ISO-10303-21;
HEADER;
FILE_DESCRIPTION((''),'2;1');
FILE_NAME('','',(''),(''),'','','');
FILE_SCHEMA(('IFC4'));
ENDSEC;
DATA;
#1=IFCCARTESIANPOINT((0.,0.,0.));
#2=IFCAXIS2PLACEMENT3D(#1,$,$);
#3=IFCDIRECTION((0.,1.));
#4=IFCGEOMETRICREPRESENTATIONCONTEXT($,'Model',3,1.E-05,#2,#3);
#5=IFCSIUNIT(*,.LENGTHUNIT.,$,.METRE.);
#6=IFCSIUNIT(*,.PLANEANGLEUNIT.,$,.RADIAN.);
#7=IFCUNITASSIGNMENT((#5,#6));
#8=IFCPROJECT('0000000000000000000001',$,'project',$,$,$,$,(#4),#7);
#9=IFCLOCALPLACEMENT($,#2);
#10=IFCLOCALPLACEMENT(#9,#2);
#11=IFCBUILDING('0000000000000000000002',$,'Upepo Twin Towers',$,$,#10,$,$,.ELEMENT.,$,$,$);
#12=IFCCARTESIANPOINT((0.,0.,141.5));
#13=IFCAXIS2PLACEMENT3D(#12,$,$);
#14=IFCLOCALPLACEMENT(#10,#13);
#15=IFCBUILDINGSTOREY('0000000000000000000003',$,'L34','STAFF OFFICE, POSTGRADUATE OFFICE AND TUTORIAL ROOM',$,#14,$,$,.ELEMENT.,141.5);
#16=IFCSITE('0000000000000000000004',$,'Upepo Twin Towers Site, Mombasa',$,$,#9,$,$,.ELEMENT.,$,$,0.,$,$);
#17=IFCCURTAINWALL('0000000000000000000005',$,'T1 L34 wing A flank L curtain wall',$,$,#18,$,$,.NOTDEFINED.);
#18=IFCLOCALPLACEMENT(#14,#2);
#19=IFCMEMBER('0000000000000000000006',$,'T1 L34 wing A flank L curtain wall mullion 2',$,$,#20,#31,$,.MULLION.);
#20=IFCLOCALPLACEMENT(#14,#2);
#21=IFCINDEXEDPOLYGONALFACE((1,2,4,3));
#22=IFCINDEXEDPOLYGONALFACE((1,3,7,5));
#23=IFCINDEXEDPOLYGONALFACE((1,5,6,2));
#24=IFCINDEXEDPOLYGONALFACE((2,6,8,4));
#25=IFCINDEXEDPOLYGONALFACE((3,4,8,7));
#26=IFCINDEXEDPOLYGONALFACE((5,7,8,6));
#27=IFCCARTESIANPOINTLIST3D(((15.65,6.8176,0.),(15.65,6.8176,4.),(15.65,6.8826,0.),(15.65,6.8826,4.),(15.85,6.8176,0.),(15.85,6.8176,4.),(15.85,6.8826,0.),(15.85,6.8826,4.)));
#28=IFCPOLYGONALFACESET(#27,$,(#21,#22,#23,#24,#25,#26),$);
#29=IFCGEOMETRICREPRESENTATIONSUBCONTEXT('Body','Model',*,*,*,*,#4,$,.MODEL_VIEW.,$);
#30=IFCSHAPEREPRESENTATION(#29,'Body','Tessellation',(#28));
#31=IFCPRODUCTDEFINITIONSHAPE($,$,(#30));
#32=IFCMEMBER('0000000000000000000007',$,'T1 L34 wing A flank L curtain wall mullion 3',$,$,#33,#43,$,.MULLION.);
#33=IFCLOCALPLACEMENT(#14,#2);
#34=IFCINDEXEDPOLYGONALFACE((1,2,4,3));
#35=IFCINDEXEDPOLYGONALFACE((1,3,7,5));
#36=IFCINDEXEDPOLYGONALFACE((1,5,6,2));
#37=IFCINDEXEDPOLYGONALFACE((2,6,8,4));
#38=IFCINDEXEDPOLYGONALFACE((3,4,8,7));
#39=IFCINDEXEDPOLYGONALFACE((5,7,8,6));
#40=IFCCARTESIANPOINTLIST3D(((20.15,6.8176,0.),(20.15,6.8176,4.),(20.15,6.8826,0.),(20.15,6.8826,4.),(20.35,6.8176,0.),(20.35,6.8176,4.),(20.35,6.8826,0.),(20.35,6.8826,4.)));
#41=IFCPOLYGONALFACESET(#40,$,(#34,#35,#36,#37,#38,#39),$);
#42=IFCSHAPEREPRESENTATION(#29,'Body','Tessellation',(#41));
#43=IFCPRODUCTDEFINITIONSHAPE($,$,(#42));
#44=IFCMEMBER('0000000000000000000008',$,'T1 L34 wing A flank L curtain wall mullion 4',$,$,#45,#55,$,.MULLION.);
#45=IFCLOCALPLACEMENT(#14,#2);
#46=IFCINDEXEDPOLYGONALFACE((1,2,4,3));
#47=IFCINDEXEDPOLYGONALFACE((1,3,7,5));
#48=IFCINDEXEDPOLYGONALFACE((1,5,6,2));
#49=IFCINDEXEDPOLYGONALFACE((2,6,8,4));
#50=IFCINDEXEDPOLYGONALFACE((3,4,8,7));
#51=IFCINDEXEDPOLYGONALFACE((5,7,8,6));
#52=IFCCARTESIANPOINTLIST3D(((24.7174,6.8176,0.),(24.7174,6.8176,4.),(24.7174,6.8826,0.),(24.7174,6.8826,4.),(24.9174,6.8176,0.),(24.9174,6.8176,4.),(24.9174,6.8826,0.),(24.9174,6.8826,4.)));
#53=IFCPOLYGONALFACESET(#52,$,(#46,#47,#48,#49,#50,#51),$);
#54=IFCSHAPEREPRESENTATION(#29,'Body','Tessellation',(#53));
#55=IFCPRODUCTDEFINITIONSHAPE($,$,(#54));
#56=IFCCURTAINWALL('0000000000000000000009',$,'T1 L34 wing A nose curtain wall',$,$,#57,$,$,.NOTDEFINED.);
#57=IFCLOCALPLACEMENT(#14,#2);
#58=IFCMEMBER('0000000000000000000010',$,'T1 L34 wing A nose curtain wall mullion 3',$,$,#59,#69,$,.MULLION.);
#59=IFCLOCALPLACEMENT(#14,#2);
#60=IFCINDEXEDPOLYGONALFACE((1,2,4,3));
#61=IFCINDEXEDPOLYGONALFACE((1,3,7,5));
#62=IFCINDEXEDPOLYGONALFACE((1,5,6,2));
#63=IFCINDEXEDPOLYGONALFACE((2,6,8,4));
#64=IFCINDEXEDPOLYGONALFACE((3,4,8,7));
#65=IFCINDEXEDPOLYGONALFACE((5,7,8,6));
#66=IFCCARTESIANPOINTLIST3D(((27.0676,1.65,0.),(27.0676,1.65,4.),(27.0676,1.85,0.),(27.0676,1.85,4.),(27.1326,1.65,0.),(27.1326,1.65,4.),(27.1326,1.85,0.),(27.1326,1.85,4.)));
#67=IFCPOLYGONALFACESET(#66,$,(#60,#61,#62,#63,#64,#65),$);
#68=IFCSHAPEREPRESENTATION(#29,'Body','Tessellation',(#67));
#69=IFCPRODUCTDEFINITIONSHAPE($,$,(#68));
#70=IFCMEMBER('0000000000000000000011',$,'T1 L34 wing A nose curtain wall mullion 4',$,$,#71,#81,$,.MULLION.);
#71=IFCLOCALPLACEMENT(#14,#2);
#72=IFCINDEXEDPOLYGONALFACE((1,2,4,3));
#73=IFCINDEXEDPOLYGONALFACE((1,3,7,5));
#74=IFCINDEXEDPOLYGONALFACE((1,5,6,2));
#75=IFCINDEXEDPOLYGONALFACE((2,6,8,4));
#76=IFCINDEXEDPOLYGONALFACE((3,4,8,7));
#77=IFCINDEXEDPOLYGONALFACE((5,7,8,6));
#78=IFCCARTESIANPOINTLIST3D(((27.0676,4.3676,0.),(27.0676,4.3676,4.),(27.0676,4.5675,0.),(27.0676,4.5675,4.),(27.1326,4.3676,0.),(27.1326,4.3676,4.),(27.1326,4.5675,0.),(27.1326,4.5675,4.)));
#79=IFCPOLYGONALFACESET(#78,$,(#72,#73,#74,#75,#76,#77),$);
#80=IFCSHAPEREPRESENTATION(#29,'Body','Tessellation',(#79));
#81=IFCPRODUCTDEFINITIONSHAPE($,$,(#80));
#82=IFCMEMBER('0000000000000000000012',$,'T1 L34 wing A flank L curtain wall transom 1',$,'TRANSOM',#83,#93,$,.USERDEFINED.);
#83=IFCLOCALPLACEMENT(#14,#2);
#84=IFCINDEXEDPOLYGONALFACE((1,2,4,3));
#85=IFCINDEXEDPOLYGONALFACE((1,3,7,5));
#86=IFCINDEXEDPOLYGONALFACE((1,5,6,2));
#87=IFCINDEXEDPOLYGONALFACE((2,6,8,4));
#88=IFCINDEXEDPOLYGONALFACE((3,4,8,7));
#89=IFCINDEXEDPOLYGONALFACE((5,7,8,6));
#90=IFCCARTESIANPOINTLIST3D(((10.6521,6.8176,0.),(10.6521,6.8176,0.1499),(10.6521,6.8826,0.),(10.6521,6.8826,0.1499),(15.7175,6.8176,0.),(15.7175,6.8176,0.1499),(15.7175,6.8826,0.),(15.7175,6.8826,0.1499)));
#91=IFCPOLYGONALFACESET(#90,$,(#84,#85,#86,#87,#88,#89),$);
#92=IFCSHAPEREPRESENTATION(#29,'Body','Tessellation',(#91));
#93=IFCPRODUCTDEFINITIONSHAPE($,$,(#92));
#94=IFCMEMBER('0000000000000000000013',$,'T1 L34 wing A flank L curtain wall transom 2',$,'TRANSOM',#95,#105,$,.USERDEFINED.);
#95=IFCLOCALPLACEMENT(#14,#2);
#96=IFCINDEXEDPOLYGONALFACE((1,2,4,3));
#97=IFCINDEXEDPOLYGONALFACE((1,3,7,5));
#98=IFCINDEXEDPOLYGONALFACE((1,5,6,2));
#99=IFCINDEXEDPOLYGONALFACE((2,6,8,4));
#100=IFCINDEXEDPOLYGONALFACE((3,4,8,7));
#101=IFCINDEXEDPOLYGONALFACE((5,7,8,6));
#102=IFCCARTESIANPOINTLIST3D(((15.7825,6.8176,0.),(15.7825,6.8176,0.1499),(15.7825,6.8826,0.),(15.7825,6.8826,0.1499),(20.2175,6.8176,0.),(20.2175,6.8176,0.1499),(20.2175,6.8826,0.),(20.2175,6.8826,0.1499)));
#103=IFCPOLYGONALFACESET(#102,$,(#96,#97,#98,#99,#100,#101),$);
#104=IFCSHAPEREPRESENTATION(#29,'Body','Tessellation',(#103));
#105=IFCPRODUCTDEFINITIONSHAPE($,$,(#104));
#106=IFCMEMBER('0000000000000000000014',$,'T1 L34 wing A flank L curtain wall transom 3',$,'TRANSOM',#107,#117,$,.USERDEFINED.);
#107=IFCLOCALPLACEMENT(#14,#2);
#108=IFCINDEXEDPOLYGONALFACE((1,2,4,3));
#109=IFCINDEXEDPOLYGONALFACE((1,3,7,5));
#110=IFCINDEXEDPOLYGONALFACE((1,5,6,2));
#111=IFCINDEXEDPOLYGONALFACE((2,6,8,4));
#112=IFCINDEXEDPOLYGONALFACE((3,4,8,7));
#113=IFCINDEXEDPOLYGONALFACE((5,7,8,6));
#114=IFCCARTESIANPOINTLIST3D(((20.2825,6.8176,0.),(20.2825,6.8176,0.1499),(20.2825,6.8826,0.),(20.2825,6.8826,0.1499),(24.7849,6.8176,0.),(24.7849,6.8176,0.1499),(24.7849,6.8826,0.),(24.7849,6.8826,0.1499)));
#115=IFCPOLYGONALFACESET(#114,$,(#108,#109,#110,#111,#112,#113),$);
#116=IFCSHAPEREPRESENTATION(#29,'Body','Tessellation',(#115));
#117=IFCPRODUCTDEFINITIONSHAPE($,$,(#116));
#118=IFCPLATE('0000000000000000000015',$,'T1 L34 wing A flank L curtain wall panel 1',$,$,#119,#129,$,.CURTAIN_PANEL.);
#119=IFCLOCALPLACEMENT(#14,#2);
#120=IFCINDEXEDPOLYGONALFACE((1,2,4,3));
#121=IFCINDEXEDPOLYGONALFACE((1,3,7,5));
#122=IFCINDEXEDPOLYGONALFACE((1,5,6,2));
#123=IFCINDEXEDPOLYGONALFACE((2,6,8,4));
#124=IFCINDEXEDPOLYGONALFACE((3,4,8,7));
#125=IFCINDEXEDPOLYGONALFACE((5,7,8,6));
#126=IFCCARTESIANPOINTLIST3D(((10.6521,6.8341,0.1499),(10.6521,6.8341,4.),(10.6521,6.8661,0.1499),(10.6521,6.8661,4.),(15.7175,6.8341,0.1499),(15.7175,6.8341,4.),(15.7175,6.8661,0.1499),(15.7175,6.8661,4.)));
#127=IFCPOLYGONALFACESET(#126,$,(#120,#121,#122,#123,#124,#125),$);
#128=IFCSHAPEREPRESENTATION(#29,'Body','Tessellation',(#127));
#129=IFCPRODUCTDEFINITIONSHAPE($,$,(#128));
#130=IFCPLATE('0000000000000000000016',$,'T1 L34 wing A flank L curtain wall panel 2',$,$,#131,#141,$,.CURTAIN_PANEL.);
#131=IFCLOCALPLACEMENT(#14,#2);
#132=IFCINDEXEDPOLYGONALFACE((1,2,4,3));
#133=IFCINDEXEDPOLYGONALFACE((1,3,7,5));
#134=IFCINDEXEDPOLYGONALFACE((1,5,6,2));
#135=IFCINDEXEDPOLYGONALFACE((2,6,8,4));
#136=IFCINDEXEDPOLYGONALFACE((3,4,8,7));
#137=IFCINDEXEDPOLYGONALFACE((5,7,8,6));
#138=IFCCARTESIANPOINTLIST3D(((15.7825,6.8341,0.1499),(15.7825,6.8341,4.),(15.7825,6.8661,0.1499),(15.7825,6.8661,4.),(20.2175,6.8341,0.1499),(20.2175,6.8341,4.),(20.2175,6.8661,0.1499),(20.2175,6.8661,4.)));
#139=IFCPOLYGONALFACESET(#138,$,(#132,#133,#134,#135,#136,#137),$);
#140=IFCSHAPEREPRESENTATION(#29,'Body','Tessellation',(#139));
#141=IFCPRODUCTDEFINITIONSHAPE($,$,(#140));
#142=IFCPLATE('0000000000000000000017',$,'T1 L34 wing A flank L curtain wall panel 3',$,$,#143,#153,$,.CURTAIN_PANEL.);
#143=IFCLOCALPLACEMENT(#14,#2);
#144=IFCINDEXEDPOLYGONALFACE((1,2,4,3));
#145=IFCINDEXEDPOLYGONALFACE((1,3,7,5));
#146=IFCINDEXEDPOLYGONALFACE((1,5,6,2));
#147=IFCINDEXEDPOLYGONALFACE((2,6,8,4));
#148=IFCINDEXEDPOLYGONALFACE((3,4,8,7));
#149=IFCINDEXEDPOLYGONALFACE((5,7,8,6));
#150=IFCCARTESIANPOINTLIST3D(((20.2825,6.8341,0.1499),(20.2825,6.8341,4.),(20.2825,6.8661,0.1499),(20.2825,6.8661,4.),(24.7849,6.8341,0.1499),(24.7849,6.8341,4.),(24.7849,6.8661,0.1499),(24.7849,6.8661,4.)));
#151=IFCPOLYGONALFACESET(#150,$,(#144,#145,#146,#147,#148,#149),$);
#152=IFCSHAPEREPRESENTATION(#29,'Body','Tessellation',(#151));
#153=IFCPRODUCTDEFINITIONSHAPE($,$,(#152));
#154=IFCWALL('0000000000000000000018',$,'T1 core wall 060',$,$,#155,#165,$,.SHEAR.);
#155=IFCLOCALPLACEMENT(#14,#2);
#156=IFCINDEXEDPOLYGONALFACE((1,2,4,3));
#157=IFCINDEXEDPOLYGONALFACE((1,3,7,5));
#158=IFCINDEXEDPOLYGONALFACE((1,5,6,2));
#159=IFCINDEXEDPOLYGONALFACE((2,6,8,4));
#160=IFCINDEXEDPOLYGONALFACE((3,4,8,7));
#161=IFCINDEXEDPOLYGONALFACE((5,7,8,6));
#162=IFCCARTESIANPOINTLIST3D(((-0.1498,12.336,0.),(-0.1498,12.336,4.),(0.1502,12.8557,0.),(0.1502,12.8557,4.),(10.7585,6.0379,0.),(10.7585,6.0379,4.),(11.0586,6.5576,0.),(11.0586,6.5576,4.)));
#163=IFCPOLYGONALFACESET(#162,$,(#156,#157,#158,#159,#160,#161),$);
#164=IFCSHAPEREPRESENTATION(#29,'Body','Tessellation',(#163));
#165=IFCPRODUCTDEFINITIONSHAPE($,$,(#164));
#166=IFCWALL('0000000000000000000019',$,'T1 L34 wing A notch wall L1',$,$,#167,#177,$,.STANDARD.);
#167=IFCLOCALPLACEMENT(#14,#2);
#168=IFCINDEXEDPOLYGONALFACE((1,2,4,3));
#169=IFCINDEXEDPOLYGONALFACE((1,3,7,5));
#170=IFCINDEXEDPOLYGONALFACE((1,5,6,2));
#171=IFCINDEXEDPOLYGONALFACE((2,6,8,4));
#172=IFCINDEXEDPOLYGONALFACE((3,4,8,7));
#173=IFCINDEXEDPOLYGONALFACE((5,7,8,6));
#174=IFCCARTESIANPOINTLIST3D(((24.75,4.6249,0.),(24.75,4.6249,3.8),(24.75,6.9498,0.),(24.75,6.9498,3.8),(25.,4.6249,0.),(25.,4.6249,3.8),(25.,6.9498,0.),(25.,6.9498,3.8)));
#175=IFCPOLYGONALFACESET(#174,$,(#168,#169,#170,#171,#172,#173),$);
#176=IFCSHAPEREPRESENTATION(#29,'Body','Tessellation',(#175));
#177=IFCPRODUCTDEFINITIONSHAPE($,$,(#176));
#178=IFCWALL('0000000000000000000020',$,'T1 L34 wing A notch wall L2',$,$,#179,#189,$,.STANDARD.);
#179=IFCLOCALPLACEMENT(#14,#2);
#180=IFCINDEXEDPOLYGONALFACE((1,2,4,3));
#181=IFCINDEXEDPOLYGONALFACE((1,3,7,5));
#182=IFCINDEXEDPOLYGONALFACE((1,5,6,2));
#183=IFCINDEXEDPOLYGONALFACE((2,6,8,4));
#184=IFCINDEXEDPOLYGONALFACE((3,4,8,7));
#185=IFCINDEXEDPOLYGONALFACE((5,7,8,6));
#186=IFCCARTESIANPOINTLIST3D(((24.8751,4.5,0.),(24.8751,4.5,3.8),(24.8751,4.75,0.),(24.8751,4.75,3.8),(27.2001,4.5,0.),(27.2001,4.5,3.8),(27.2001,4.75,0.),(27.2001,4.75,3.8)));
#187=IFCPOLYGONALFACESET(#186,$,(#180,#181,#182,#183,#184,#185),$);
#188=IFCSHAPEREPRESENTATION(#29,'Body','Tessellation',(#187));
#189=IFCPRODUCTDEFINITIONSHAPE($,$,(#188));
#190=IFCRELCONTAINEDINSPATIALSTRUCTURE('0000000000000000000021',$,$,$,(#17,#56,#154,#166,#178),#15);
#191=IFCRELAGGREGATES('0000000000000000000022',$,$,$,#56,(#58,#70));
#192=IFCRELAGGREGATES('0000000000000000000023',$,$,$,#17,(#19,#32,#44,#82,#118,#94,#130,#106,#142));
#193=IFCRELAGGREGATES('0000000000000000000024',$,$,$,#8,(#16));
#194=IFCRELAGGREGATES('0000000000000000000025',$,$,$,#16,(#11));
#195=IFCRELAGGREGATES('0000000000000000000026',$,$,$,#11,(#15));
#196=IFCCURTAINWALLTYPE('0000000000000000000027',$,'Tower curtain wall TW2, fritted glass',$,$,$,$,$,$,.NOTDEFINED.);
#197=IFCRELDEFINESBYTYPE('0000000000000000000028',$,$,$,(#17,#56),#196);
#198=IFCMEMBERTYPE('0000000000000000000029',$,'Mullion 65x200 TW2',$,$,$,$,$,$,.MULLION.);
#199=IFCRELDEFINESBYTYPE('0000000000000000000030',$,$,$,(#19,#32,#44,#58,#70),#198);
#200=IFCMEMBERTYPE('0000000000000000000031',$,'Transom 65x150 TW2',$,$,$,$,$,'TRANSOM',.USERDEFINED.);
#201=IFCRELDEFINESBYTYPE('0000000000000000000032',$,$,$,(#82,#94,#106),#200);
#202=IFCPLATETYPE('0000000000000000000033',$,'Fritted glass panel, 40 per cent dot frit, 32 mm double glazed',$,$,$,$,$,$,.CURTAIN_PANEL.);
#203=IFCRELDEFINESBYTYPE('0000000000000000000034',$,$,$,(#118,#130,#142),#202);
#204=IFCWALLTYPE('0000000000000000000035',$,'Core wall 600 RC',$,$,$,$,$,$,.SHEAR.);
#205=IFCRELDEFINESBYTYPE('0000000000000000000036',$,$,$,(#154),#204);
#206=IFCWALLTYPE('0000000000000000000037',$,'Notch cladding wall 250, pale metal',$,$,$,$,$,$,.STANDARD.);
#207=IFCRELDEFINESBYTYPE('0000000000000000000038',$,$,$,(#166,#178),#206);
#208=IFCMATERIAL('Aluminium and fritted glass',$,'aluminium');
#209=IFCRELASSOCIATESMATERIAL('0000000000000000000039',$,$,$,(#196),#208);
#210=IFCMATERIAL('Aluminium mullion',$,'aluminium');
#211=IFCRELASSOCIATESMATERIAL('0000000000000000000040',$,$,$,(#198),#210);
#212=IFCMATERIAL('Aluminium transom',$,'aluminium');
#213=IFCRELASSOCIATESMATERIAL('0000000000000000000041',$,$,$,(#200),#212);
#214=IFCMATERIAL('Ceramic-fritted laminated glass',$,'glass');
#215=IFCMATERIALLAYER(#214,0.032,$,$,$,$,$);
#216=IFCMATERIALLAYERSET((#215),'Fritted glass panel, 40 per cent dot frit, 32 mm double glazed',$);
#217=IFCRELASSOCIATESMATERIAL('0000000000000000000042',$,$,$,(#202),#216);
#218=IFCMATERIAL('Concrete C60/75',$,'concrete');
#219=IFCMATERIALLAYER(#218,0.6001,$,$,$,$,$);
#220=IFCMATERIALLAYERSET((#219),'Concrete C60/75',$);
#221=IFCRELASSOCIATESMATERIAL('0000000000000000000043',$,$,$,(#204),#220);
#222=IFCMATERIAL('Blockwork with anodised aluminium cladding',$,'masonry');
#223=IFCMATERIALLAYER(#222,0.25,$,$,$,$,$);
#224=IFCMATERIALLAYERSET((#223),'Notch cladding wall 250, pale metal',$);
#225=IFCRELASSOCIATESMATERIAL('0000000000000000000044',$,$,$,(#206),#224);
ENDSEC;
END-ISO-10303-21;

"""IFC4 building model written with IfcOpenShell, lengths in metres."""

from ifc_helpers import new_model, si_unit, direction, frame, frame_2d, origin, origin_2d, place, context, subcontext, project, spatial, rectangle, extrude, material, layer, layer_set, material_profile, profile_set, type_object, element, aggregate, save


model = new_model("IFC4")

# Units and contexts
model_context = context("Model", 3, precision=1e-05, world=origin(), true_north=direction((0.0, 1.0)))
body_context = subcontext(model_context, "Body", "Model", "MODEL_VIEW")
ifc_project = project(units=[si_unit("LENGTHUNIT", "METRE"), si_unit("PLANEANGLEUNIT", "RADIAN")], contexts=[model_context])

# Site, building, storey
site_placement = place(None, origin())
site = spatial("IfcSite", under=ifc_project, at=site_placement, Name="Upepo Twin Towers Site, Mombasa", CompositionType="ELEMENT", RefElevation=0.0)
building_placement = place(site_placement, origin())
building = spatial("IfcBuilding", under=site, at=building_placement, Name="Upepo Twin Towers", CompositionType="ELEMENT")
storey_placement = place(building_placement, frame((0.0, 0.0, 141.5)))
storey = spatial("IfcBuildingStorey", under=building, at=storey_placement, Name="L34", Description="STAFF OFFICE, POSTGRADUATE OFFICE AND TUTORIAL ROOM", CompositionType="ELEMENT", Elevation=141.5)

# Curtain walls, members
ifc_material_1 = material(Name="Aluminium and fritted glass", Category="aluminium")
curtain_wall_type = type_object("IfcCurtainWallType", Name="Tower curtain wall TW2, fritted glass", PredefinedType="NOTDEFINED", material=ifc_material_1)
curtain_wall_1_placement = place(storey_placement, origin())
curtain_wall_1 = element("IfcCurtainWall", 1, at=curtain_wall_1_placement, inside=storey, type_object=curtain_wall_type, Name="T1 L34 wing A flank L curtain wall", PredefinedType="NOTDEFINED")
ifc_material_2 = material(Name="Aluminium mullion", Category="aluminium")
ifc_material_profile_1 = material_profile(ifc_material_2, rectangle(XDim=0.0649, YDim=0.2, at=origin_2d()), Name="MULLION 65x200")
ifc_profile_set_1 = profile_set([ifc_material_profile_1], Name="Aluminium mullion")
member_type_1 = type_object("IfcMemberType", Name="Mullion 65x200 TW2", PredefinedType="MULLION", material=ifc_profile_set_1)
member_1_placement = place(storey_placement, frame((15.75, 6.8501, 0.0), z_axis=(0.0, 0.0, 1.0), x_axis=(0.0, 1.0, 0.0)))
member_1 = element("IfcMember", 2, at=member_1_placement, type_object=member_type_1, Name="T1 L34 wing A flank L curtain wall mullion 2", PredefinedType="MULLION", context=body_context, shape_type="SweptSolid", body=[
    extrude(rectangle(XDim=0.0649, YDim=0.2, at=origin_2d()), origin(), (0.0, 0.0, 1.0), 4.0),
])
member_2_placement = place(storey_placement, frame((20.25, 6.8501, 0.0), z_axis=(0.0, 0.0, 1.0), x_axis=(0.0, 1.0, 0.0)))
member_2 = element("IfcMember", 3, at=member_2_placement, type_object=member_type_1, Name="T1 L34 wing A flank L curtain wall mullion 3", PredefinedType="MULLION", context=body_context, shape_type="SweptSolid", body=[
    extrude(rectangle(XDim=0.0649, YDim=0.2, at=origin_2d()), origin(), (0.0, 0.0, 1.0), 4.0),
])
member_3_placement = place(storey_placement, frame((24.8174, 6.8501, 0.0), z_axis=(0.0, 0.0, 1.0), x_axis=(0.0, 1.0, 0.0)))
member_3 = element("IfcMember", 4, at=member_3_placement, type_object=member_type_1, Name="T1 L34 wing A flank L curtain wall mullion 4", PredefinedType="MULLION", context=body_context, shape_type="SweptSolid", body=[
    extrude(rectangle(XDim=0.0649, YDim=0.2, at=origin_2d()), origin(), (0.0, 0.0, 1.0), 4.0),
])
curtain_wall_2_placement = place(storey_placement, origin())
curtain_wall_2 = element("IfcCurtainWall", 5, at=curtain_wall_2_placement, inside=storey, type_object=curtain_wall_type, Name="T1 L34 wing A nose curtain wall", PredefinedType="NOTDEFINED")
member_4_placement = place(storey_placement, frame((27.1001, 1.75, 0.0), z_axis=(0.0, 0.0, 1.0), x_axis=(-1.0, 0.0, 0.0)))
member_4 = element("IfcMember", 6, at=member_4_placement, type_object=member_type_1, Name="T1 L34 wing A nose curtain wall mullion 3", PredefinedType="MULLION", context=body_context, shape_type="SweptSolid", body=[
    extrude(rectangle(XDim=0.0649, YDim=0.2, at=origin_2d()), origin(), (0.0, 0.0, 1.0), 4.0),
])
member_5_placement = place(storey_placement, frame((27.1001, 4.4675, 0.0), z_axis=(0.0, 0.0, 1.0), x_axis=(-1.0, 0.0, 0.0)))
member_5 = element("IfcMember", 7, at=member_5_placement, type_object=member_type_1, Name="T1 L34 wing A nose curtain wall mullion 4", PredefinedType="MULLION", context=body_context, shape_type="SweptSolid", body=[
    extrude(rectangle(XDim=0.0649, YDim=0.2, at=origin_2d()), origin(), (0.0, 0.0, 1.0), 4.0),
])
aggregate(curtain_wall_2, [member_4, member_5])

# Members
ifc_material_3 = material(Name="Aluminium transom", Category="aluminium")
ifc_material_profile_2 = material_profile(ifc_material_3, rectangle(XDim=0.0649, YDim=0.1499, at=origin_2d()), Name="TRANSOM 65x150")
ifc_profile_set_2 = profile_set([ifc_material_profile_2], Name="Aluminium transom")
member_type_2 = type_object("IfcMemberType", Name="Transom 65x150 TW2", ElementType="TRANSOM", PredefinedType="USERDEFINED", material=ifc_profile_set_2)
member_6_placement = place(storey_placement, frame((10.6521, 6.8501, 0.075), z_axis=(1.0, 0.0, 0.0), x_axis=(0.0, 1.0, 0.0)))
member_6 = element("IfcMember", 8, at=member_6_placement, type_object=member_type_2, Name="T1 L34 wing A flank L curtain wall transom 1", ObjectType="TRANSOM", PredefinedType="USERDEFINED", context=body_context, shape_type="SweptSolid", body=[
    extrude(rectangle(XDim=0.0649, YDim=0.1499, at=origin_2d()), origin(), (0.0, 0.0, 1.0), 5.0654),
])
member_7_placement = place(storey_placement, frame((15.7825, 6.8501, 0.075), z_axis=(1.0, 0.0, 0.0), x_axis=(0.0, 1.0, 0.0)))
member_7 = element("IfcMember", 9, at=member_7_placement, type_object=member_type_2, Name="T1 L34 wing A flank L curtain wall transom 2", ObjectType="TRANSOM", PredefinedType="USERDEFINED", context=body_context, shape_type="SweptSolid", body=[
    extrude(rectangle(XDim=0.0649, YDim=0.1499, at=origin_2d()), origin(), (0.0, 0.0, 1.0), 4.4351),
])
member_8_placement = place(storey_placement, frame((20.2825, 6.8501, 0.075), z_axis=(1.0, 0.0, 0.0), x_axis=(0.0, 1.0, 0.0)))
member_8 = element("IfcMember", 10, at=member_8_placement, type_object=member_type_2, Name="T1 L34 wing A flank L curtain wall transom 3", ObjectType="TRANSOM", PredefinedType="USERDEFINED", context=body_context, shape_type="SweptSolid", body=[
    extrude(rectangle(XDim=0.0649, YDim=0.1499, at=origin_2d()), origin(), (0.0, 0.0, 1.0), 4.5024),
])

# Plates
ifc_material_4 = material(Name="Ceramic-fritted laminated glass", Category="glass")
ifc_layer_1 = layer(ifc_material_4, 0.032)
ifc_layer_set_1 = layer_set([ifc_layer_1], Name="Fritted glass panel, 40 per cent dot frit, 32 mm double glazed")
plate_type = type_object("IfcPlateType", Name="Fritted glass panel, 40 per cent dot frit, 32 mm double glazed", PredefinedType="CURTAIN_PANEL", material=ifc_layer_set_1)
plate_1_placement = place(storey_placement, frame((13.1848, 6.8501, 0.1499), z_axis=(0.0, 0.0, 1.0), x_axis=(1.0, 0.0, 0.0)))
plate_1 = element("IfcPlate", 11, at=plate_1_placement, type_object=plate_type, Name="T1 L34 wing A flank L curtain wall panel 1", PredefinedType="CURTAIN_PANEL", context=body_context, shape_type="SweptSolid", body=[
    extrude(rectangle(XDim=5.0654, YDim=0.032, at=origin_2d()), origin(), (0.0, 0.0, 1.0), 3.8501),
])
plate_2_placement = place(storey_placement, frame((18.0, 6.8501, 0.1499), z_axis=(0.0, 0.0, 1.0), x_axis=(1.0, 0.0, 0.0)))
plate_2 = element("IfcPlate", 12, at=plate_2_placement, type_object=plate_type, Name="T1 L34 wing A flank L curtain wall panel 2", PredefinedType="CURTAIN_PANEL", context=body_context, shape_type="SweptSolid", body=[
    extrude(rectangle(XDim=4.4351, YDim=0.032, at=origin_2d()), origin(), (0.0, 0.0, 1.0), 3.8501),
])
plate_3_placement = place(storey_placement, frame((22.5337, 6.8501, 0.1499), z_axis=(0.0, 0.0, 1.0), x_axis=(1.0, 0.0, 0.0)))
plate_3 = element("IfcPlate", 13, at=plate_3_placement, type_object=plate_type, Name="T1 L34 wing A flank L curtain wall panel 3", PredefinedType="CURTAIN_PANEL", context=body_context, shape_type="SweptSolid", body=[
    extrude(rectangle(XDim=4.5024, YDim=0.032, at=origin_2d()), origin(), (0.0, 0.0, 1.0), 3.8501),
])
aggregate(curtain_wall_1, [member_1, member_2, member_3, member_6, plate_1, member_7, plate_2, member_8, plate_3])

# Walls
ifc_material_5 = material(Name="Concrete C60/75", Category="concrete")
ifc_layer_2 = layer(ifc_material_5, 0.6001)
ifc_layer_set_2 = layer_set([ifc_layer_2], Name="Concrete C60/75")
wall_type_1 = type_object("IfcWallType", Name="Core wall 600 RC", PredefinedType="SHEAR", material=ifc_layer_set_2)
wall_1_placement = place(storey_placement, frame((10.9084, 6.2979, 0.0), z_axis=(0.0, 0.0, 1.0), x_axis=(-0.866022, 0.500006, 0.0)))
element("IfcWall", 14, at=wall_1_placement, inside=storey, type_object=wall_type_1, Name="T1 core wall 060", PredefinedType="SHEAR", context=body_context, shape_type="SweptSolid", body=[
    extrude(rectangle(XDim=12.5959, YDim=0.6001, at=frame_2d((6.2979, 0.0))), origin(), (0.0, 0.0, 1.0), 4.0),
])
ifc_material_6 = material(Name="Blockwork with anodised aluminium cladding", Category="masonry")
ifc_layer_3 = layer(ifc_material_6, 0.25)
ifc_layer_set_3 = layer_set([ifc_layer_3], Name="Notch cladding wall 250, pale metal")
wall_type_2 = type_object("IfcWallType", Name="Notch cladding wall 250, pale metal", PredefinedType="STANDARD", material=ifc_layer_set_3)
for number, where, z_axis, x_axis, name in (
    (15, (24.875, 6.95, 0.0), (0.0, 0.0, 1.0), (0.0, -1.0, 0.0), "T1 L34 wing A notch wall L1"),
    (16, (24.875, 4.625, 0.0), (0.0, 0.0, 1.0), (1.0, 0.0, 0.0), "T1 L34 wing A notch wall L2"),
):
    element("IfcWall", number, at=place(storey_placement, frame(where, z_axis=z_axis, x_axis=x_axis)), inside=storey, type_object=wall_type_2, Name=name, PredefinedType="STANDARD", context=body_context, shape_type="SweptSolid", body=[
        extrude(rectangle(XDim=2.325, YDim=0.25, at=frame_2d((1.1626, 0.0))), origin(), (0.0, 0.0, 1.0), 3.8),
    ])

save(model, "model.ifc")
